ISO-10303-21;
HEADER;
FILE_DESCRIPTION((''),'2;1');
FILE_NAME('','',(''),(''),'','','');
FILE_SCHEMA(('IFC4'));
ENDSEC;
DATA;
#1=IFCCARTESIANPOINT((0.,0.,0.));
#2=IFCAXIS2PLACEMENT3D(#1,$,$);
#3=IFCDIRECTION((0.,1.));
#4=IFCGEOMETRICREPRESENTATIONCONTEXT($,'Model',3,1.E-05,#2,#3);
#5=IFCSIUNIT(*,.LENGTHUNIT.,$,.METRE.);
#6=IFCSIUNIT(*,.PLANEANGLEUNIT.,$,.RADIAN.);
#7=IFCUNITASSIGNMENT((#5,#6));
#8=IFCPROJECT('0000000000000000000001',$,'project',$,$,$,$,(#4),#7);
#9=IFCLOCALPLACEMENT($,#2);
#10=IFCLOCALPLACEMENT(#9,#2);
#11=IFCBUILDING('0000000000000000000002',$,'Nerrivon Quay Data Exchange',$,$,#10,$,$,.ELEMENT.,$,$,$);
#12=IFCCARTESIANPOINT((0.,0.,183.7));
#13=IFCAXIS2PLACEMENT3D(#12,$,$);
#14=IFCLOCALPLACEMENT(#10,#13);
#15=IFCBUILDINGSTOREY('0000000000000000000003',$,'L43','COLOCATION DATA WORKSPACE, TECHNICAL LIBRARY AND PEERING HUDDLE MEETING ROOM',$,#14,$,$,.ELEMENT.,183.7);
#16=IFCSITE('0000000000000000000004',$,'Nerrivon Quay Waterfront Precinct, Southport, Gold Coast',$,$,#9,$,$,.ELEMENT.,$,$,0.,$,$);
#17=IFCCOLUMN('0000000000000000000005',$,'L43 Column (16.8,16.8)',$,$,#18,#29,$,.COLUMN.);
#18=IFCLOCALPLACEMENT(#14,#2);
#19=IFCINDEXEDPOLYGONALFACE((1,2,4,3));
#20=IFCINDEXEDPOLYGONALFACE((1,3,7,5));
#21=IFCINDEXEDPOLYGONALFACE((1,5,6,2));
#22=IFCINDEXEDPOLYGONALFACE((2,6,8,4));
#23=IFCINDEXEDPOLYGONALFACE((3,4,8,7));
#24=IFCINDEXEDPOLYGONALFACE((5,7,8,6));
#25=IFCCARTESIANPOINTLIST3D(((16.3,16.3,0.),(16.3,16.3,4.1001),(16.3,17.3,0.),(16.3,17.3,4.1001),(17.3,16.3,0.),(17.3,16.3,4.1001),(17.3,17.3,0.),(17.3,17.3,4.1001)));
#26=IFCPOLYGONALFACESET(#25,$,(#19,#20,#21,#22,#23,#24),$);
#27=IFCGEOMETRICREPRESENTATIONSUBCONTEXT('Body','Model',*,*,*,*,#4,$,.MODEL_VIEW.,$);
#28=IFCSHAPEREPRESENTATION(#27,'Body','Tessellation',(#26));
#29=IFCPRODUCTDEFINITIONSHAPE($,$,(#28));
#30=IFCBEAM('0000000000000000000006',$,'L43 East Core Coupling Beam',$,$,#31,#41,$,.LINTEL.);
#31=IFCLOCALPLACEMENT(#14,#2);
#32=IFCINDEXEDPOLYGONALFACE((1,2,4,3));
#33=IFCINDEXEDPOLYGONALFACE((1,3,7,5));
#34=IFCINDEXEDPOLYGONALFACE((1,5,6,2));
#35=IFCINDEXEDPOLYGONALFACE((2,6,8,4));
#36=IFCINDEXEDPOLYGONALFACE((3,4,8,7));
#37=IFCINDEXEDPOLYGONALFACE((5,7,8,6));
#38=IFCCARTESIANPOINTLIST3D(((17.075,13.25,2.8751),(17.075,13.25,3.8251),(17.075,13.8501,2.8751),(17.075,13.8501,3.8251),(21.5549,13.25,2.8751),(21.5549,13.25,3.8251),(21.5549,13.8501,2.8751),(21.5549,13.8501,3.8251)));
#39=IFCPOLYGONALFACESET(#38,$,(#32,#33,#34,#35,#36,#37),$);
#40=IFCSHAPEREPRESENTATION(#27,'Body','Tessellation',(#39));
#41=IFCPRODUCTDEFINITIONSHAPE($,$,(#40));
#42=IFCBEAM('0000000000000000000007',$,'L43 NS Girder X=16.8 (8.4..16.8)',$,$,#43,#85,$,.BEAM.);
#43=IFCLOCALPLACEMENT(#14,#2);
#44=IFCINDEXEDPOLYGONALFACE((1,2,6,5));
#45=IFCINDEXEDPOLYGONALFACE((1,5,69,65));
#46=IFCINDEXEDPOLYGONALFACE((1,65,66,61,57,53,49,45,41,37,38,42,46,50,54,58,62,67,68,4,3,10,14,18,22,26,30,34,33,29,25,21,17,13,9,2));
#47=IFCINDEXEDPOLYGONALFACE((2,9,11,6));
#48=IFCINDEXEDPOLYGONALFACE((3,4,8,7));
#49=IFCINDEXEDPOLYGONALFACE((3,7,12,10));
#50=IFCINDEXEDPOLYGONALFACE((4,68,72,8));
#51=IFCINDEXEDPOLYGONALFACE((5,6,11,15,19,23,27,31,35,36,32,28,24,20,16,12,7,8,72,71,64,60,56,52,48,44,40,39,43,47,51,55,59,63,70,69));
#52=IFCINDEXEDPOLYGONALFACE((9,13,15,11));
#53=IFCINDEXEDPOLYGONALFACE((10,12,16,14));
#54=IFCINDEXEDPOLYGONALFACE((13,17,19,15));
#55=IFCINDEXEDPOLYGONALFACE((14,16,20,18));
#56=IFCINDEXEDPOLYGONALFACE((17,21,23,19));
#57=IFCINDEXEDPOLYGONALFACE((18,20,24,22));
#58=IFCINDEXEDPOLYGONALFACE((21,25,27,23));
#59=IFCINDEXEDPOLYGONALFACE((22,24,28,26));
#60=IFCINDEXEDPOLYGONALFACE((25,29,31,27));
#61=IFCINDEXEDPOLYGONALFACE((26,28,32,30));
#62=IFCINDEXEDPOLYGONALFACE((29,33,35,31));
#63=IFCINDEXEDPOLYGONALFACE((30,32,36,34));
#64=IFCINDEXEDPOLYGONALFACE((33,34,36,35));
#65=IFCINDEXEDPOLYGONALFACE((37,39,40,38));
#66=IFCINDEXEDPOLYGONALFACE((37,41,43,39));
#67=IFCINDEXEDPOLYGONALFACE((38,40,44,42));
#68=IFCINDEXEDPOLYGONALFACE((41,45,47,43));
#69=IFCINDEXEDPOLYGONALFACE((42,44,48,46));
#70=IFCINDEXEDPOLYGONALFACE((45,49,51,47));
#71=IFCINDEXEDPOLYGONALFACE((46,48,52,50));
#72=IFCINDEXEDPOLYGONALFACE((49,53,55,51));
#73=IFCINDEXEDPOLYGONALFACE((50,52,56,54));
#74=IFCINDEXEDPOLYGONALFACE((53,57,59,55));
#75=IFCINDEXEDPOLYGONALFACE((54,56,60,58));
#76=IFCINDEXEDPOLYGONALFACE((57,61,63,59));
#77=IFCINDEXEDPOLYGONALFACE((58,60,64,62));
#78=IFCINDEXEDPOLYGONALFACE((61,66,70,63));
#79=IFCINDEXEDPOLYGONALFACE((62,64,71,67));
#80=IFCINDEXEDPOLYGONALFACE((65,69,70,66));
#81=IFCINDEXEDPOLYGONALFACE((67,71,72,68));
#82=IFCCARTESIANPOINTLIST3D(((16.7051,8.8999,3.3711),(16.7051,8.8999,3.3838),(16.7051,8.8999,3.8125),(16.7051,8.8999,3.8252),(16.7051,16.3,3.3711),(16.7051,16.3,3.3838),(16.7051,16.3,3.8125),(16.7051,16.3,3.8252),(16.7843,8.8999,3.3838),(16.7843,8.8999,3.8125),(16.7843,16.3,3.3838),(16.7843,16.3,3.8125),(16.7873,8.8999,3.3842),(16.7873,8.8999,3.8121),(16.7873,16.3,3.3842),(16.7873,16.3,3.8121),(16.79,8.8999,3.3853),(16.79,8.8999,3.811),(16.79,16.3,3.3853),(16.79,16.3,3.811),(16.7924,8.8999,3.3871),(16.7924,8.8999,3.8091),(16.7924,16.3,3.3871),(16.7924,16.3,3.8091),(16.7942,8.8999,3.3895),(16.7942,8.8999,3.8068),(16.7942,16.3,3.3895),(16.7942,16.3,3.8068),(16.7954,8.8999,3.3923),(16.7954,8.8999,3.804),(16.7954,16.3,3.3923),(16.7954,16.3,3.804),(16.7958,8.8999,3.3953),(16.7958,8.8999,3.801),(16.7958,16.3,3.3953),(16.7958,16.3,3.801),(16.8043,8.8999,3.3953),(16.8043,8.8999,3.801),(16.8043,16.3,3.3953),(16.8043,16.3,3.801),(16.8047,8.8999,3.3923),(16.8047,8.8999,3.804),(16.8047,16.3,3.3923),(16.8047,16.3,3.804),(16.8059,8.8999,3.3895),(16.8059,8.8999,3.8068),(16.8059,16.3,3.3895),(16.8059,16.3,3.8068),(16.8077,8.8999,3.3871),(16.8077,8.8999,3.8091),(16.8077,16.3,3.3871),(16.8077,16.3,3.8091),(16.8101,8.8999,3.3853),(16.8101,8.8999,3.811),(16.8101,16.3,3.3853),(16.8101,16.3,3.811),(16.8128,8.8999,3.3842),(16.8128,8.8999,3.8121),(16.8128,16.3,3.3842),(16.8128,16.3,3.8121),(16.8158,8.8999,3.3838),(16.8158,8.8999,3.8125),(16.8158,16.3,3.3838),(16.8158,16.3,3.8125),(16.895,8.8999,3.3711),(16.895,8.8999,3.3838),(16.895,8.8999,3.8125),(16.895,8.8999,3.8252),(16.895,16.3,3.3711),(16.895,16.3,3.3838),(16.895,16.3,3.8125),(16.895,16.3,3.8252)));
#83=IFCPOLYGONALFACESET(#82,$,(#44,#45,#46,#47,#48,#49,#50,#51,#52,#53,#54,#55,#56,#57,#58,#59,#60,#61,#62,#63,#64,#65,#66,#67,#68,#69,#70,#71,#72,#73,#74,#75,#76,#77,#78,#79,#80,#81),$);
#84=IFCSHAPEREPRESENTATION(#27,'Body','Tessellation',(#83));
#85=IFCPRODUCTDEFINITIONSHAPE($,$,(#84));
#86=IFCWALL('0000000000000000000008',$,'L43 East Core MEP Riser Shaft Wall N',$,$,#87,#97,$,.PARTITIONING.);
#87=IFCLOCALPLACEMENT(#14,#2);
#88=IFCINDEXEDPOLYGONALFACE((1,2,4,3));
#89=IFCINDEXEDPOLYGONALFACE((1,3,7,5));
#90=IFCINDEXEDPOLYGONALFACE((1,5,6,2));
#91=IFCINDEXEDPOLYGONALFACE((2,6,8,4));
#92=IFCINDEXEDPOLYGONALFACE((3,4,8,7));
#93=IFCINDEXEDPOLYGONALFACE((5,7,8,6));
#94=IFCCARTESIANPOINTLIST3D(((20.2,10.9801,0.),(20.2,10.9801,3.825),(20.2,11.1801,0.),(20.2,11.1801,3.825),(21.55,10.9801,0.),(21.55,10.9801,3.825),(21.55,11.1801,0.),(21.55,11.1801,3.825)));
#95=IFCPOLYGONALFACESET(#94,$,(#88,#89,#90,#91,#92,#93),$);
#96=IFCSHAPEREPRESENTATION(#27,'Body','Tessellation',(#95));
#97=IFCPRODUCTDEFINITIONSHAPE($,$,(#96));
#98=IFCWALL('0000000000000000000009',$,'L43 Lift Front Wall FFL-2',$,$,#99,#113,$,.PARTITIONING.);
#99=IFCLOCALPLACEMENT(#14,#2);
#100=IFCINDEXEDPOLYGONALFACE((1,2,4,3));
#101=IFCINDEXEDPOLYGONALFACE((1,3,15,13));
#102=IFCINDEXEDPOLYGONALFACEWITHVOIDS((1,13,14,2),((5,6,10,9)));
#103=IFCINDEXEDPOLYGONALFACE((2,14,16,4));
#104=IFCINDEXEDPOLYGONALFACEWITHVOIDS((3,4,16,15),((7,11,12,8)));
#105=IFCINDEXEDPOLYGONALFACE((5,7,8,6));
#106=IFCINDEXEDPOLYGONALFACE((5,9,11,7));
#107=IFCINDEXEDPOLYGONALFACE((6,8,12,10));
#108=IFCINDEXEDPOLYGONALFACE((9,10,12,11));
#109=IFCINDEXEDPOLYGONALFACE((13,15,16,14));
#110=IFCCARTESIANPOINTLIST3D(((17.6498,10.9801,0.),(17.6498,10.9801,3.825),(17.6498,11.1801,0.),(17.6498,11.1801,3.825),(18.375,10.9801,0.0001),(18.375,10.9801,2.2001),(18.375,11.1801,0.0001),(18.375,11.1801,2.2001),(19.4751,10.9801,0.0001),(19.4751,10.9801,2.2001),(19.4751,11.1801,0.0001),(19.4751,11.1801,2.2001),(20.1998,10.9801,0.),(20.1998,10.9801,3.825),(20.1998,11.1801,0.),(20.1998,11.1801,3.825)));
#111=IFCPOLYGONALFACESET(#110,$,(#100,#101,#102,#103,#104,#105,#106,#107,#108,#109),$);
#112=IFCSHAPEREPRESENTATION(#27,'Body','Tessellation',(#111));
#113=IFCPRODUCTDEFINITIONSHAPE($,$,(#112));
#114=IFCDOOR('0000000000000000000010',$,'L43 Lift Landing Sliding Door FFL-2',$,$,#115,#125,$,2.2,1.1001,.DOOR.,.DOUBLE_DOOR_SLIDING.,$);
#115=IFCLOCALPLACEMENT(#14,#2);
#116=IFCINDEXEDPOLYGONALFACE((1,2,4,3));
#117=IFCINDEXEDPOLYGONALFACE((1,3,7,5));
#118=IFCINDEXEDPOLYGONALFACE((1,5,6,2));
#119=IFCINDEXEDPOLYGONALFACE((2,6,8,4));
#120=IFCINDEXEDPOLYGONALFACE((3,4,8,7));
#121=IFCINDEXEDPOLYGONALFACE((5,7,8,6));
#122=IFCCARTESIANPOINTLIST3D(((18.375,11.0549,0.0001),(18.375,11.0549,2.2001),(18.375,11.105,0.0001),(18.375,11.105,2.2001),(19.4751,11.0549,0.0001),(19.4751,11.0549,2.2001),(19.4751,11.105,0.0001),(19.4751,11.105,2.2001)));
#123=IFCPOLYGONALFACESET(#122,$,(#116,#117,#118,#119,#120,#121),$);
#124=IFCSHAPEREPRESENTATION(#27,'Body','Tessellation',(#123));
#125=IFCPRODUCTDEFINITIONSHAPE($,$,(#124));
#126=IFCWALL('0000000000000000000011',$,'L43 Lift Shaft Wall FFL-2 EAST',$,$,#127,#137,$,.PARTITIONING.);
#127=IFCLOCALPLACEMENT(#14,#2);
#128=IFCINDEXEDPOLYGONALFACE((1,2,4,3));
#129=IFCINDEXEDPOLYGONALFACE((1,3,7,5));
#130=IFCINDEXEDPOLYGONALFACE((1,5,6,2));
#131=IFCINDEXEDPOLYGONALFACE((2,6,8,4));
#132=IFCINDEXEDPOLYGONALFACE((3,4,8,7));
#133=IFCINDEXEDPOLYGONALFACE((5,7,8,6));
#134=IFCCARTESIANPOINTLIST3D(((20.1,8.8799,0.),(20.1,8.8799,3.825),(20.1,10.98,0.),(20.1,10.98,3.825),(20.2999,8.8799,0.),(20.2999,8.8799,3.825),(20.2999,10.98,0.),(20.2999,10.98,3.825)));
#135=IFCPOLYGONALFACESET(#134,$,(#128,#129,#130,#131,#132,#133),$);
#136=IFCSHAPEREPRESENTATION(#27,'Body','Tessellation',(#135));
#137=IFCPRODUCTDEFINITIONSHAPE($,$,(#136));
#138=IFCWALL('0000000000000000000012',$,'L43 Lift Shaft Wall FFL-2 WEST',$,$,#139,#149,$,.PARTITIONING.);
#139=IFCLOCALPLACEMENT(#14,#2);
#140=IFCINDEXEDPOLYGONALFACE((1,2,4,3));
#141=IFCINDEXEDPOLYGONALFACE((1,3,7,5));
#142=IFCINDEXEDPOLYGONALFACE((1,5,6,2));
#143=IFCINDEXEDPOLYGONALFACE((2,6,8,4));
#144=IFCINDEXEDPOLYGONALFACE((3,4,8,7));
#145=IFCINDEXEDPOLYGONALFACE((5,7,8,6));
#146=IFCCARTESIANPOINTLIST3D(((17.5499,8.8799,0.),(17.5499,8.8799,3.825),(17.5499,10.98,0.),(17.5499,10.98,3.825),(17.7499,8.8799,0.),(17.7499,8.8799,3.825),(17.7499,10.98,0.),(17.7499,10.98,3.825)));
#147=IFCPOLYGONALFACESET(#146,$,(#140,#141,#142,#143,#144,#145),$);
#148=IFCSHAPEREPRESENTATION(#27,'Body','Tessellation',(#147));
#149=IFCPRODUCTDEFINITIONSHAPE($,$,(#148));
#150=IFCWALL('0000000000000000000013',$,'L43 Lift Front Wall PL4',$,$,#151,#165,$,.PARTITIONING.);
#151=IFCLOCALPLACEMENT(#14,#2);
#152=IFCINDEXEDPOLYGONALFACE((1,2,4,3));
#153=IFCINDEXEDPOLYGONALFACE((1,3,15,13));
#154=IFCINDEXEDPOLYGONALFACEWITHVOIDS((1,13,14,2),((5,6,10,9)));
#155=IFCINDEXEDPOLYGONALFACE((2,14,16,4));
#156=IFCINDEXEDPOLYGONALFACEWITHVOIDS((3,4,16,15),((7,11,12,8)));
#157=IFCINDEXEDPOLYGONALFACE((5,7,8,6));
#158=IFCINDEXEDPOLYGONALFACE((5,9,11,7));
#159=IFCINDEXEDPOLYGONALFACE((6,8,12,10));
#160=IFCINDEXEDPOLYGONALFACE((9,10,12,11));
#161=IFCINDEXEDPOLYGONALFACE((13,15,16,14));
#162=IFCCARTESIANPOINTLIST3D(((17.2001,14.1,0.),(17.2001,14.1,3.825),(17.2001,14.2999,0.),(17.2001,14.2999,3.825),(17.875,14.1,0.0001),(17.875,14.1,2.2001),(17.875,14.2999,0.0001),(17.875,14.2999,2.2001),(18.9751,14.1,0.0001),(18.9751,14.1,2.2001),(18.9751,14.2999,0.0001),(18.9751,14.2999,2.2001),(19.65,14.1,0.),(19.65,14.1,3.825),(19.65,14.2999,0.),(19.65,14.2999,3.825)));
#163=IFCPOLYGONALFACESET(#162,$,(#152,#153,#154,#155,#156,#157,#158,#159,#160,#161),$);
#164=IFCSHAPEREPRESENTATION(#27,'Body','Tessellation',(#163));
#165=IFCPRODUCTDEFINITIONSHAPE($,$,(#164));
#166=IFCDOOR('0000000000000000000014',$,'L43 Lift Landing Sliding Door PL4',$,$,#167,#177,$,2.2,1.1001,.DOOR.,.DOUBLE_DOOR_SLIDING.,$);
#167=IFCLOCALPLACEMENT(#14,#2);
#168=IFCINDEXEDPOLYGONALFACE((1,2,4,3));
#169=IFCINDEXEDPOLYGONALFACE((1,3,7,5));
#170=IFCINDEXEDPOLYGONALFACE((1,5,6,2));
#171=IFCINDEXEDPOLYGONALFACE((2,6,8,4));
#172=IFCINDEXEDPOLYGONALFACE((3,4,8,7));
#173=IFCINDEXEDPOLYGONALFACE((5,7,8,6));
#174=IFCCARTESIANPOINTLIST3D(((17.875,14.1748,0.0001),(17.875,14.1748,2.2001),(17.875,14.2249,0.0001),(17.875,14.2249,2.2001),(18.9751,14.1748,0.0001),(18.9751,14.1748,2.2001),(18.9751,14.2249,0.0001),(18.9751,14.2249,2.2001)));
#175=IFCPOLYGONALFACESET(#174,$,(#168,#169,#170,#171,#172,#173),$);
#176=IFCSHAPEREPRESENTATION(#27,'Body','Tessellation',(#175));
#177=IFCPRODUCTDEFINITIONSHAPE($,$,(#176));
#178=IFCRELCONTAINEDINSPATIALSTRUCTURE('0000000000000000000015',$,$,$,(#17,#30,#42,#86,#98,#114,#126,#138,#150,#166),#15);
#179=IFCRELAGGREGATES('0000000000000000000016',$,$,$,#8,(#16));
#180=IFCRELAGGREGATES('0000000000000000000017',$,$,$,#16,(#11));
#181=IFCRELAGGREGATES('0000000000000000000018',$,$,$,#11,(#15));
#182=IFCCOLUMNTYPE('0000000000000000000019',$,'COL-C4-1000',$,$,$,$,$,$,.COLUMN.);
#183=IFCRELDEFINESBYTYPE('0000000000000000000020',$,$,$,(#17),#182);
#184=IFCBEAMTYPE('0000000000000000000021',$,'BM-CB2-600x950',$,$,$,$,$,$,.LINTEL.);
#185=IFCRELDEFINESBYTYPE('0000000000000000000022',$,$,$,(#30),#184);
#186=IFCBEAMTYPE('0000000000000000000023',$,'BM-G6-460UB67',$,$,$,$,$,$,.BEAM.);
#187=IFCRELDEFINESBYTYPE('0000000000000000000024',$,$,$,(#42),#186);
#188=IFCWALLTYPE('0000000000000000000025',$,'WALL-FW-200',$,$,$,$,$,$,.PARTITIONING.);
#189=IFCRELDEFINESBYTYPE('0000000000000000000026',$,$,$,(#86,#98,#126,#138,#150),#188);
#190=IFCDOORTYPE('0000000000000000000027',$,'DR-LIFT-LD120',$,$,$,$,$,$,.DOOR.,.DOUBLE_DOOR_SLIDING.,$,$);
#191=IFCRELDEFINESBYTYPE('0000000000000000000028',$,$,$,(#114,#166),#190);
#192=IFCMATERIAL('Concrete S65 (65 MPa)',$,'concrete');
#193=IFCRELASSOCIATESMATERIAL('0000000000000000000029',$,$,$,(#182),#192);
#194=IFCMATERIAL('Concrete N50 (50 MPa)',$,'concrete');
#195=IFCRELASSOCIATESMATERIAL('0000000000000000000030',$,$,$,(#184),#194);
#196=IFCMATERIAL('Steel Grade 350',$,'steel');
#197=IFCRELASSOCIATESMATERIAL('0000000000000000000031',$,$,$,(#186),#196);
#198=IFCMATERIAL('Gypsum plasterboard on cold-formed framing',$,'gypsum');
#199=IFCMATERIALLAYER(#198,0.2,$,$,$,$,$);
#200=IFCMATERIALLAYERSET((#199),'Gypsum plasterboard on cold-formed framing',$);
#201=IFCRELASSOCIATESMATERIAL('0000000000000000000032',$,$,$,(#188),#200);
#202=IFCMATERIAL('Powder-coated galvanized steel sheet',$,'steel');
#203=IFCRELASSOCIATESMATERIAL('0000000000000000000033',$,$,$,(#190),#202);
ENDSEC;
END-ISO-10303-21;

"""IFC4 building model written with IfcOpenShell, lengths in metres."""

from ifc_helpers import new_model, si_unit, direction, frame, frame_2d, origin, origin_2d, place, context, subcontext, project, spatial, rectangle, i_section, extrude, material, layer, layer_set, material_profile, profile_set, type_object, element, fill, save


model = new_model("IFC4")

# Units and contexts
model_context = context("Model", 3, precision=1e-05, world=origin(), true_north=direction((0.0, 1.0)))
body_context = subcontext(model_context, "Body", "Model", "MODEL_VIEW")
ifc_project = project(units=[si_unit("LENGTHUNIT", "METRE"), si_unit("PLANEANGLEUNIT", "RADIAN")], contexts=[model_context])

# Site, building, storey
site_placement = place(None, origin())
site = spatial("IfcSite", under=ifc_project, at=site_placement, Name="Nerrivon Quay Waterfront Precinct, Southport, Gold Coast", CompositionType="ELEMENT", RefElevation=0.0)
building_placement = place(site_placement, origin())
building = spatial("IfcBuilding", under=site, at=building_placement, Name="Nerrivon Quay Data Exchange", CompositionType="ELEMENT")
storey_placement = place(building_placement, frame((0.0, 0.0, 183.7)))
storey = spatial("IfcBuildingStorey", under=building, at=storey_placement, Name="L43", Description="COLOCATION DATA WORKSPACE, TECHNICAL LIBRARY AND PEERING HUDDLE MEETING ROOM", CompositionType="ELEMENT", Elevation=183.7)

# Column
ifc_material_1 = material(Name="Concrete S65 (65 MPa)", Category="concrete")
ifc_material_profile_1 = material_profile(ifc_material_1, rectangle(XDim=1.0, YDim=1.0, at=origin_2d()), Name="RC-COL-1000x1000")
ifc_profile_set_1 = profile_set([ifc_material_profile_1], Name="Concrete S65 (65 MPa)")
column_type = type_object("IfcColumnType", Name="COL-C4-1000", PredefinedType="COLUMN", material=ifc_profile_set_1)
column_placement = place(storey_placement, frame((16.8, 16.8, 0.0), z_axis=(0.0, 0.0, 1.0), x_axis=(1.0, 0.0, 0.0)))
element("IfcColumn", 1, at=column_placement, inside=storey, type_object=column_type, Name="L43 Column (16.8,16.8)", PredefinedType="COLUMN", context=body_context, shape_type="SweptSolid", body=[
    extrude(rectangle(XDim=1.0, YDim=1.0, at=origin_2d()), origin(), (0.0, 0.0, 1.0), 4.1001),
])

# Beams
ifc_material_2 = material(Name="Concrete N50 (50 MPa)", Category="concrete")
ifc_material_profile_2 = material_profile(ifc_material_2, rectangle(XDim=0.6001, YDim=0.95, at=origin_2d()), Name="RC-CB-600x950")
ifc_profile_set_2 = profile_set([ifc_material_profile_2], Name="Concrete N50 (50 MPa)")
beam_type_1 = type_object("IfcBeamType", Name="BM-CB2-600x950", PredefinedType="LINTEL", material=ifc_profile_set_2)
beam_1_placement = place(storey_placement, frame((17.075, 13.55, 3.3501), z_axis=(1.0, 0.0, 0.0), x_axis=(0.0, 1.0, 0.0)))
element("IfcBeam", 2, at=beam_1_placement, inside=storey, type_object=beam_type_1, Name="L43 East Core Coupling Beam", PredefinedType="LINTEL", context=body_context, shape_type="SweptSolid", body=[
    extrude(rectangle(XDim=0.6001, YDim=0.95, at=origin_2d()), origin(), (0.0, 0.0, 1.0), 4.48),
])
ifc_material_3 = material(Name="Steel Grade 350", Category="steel")
ifc_material_profile_3 = material_profile(ifc_material_3, i_section(OverallWidth=0.1899, OverallDepth=0.4541, WebThickness=0.0085, FlangeThickness=0.0127, FilletRadius=0.0115, at=origin_2d()), Name="460UB67.1")
ifc_profile_set_3 = profile_set([ifc_material_profile_3], Name="Steel Grade 350")
beam_type_2 = type_object("IfcBeamType", Name="BM-G6-460UB67", PredefinedType="BEAM", material=ifc_profile_set_3)
beam_2_placement = place(storey_placement, frame((16.8, 8.8999, 3.5981), z_axis=(0.0, 1.0, 0.0), x_axis=(-1.0, 0.0, 0.0)))
element("IfcBeam", 3, at=beam_2_placement, inside=storey, type_object=beam_type_2, Name="L43 NS Girder X=16.8 (8.4..16.8)", PredefinedType="BEAM", context=body_context, shape_type="SweptSolid", body=[
    extrude(i_section(OverallWidth=0.1899, OverallDepth=0.4541, WebThickness=0.0085, FlangeThickness=0.0127, FilletRadius=0.0115, at=origin_2d()), origin(), (0.0, 0.0, 1.0), 7.4001),
])

# Shared definitions
ifc_material_4 = material(Name="Powder-coated galvanized steel sheet", Category="steel")

# Wall
ifc_material_5 = material(Name="Gypsum plasterboard on cold-formed framing", Category="gypsum")
ifc_layer_1 = layer(ifc_material_5, 0.2)
ifc_layer_set_1 = layer_set([ifc_layer_1], Name="Gypsum plasterboard on cold-formed framing")
wall_type_1 = type_object("IfcWallType", Name="WALL-FW-200", PredefinedType="PARTITIONING", material=ifc_layer_set_1)
wall_1_placement = place(storey_placement, frame((20.2, 11.0801, 0.0), z_axis=(0.0, 0.0, 1.0), x_axis=(1.0, 0.0, 0.0)))
element("IfcWall", 4, at=wall_1_placement, inside=storey, type_object=wall_type_1, Name="L43 East Core MEP Riser Shaft Wall N", PredefinedType="PARTITIONING", context=body_context, shape_type="SweptSolid", body=[
    extrude(rectangle(XDim=1.3501, YDim=0.2, at=frame_2d((0.675, 0.0))), origin(), (0.0, 0.0, 1.0), 3.825),
])

# Wall, opening, door
wall_2_placement = place(storey_placement, frame((17.6499, 11.0801, 0.0), z_axis=(0.0, 0.0, 1.0), x_axis=(1.0, 0.0, 0.0)))
wall_2 = element("IfcWall", 5, at=wall_2_placement, inside=storey, type_object=wall_type_1, Name="L43 Lift Front Wall FFL-2", PredefinedType="PARTITIONING", context=body_context, shape_type="SweptSolid", body=[
    extrude(rectangle(XDim=2.55, YDim=0.2, at=frame_2d((1.2749, 0.0))), origin(), (0.0, 0.0, 1.0), 3.825),
])
opening_1_placement = place(wall_2_placement, frame((0.7251, 0.0, 0.0)))
opening_1 = element("IfcOpeningElement", 6, at=opening_1_placement, cuts=wall_2, PredefinedType="OPENING", context=body_context, shape_type="SweptSolid", body=[
    extrude(rectangle(XDim=1.1001, YDim=2.2, at=frame_2d((0.55, 1.1001))), frame((0.0, 0.1099, 0.0), z_axis=(0.0, -1.0, 0.0), x_axis=(1.0, 0.0, 0.0)), (0.0, 0.0, 1.0), 0.22),
])
door_type_1 = type_object("IfcDoorType", Name="DR-LIFT-LD120", OperationType="DOUBLE_DOOR_SLIDING", PredefinedType="DOOR", material=ifc_material_4)
door_1_placement = place(opening_1_placement, origin())
door_1 = element("IfcDoor", 7, at=door_1_placement, inside=storey, type_object=door_type_1, Name="L43 Lift Landing Sliding Door FFL-2", OperationType="DOUBLE_DOOR_SLIDING", OverallHeight=2.2, OverallWidth=1.1001, PredefinedType="DOOR", context=body_context, shape_type="SweptSolid", body=[
    extrude(rectangle(XDim=1.1001, YDim=2.2, at=frame_2d((0.55, 1.1001))), frame((0.0, 0.0249, 0.0), z_axis=(0.0, -1.0, 0.0), x_axis=(1.0, 0.0, 0.0)), (0.0, 0.0, 1.0), 0.05),
])
fill(opening_1, door_1)

# Walls
for number, where, z_axis, x_axis, name in (
    (8, (20.2, 8.8799, 0.0), (0.0, 0.0, 1.0), (0.0, 1.0, 0.0), "L43 Lift Shaft Wall FFL-2 EAST"),
    (9, (17.6499, 8.8799, 0.0), (0.0, 0.0, 1.0), (0.0, 1.0, 0.0), "L43 Lift Shaft Wall FFL-2 WEST"),
):
    element("IfcWall", number, at=place(storey_placement, frame(where, z_axis=z_axis, x_axis=x_axis)), inside=storey, type_object=wall_type_1, Name=name, PredefinedType="PARTITIONING", context=body_context, shape_type="SweptSolid", body=[
        extrude(rectangle(XDim=2.1001, YDim=0.2, at=frame_2d((1.05, 0.0))), origin(), (0.0, 0.0, 1.0), 3.825),
    ])

# Wall, opening, door
wall_3_placement = place(storey_placement, frame((17.2, 14.2, 0.0), z_axis=(0.0, 0.0, 1.0), x_axis=(1.0, 0.0, 0.0)))
wall_3 = element("IfcWall", 10, at=wall_3_placement, inside=storey, type_object=wall_type_1, Name="L43 Lift Front Wall PL4", PredefinedType="PARTITIONING", context=body_context, shape_type="SweptSolid", body=[
    extrude(rectangle(XDim=2.45, YDim=0.2, at=frame_2d((1.2251, 0.0))), origin(), (0.0, 0.0, 1.0), 3.825),
])
opening_2_placement = place(wall_3_placement, frame((0.675, 0.0, 0.0)))
opening_2 = element("IfcOpeningElement", 11, at=opening_2_placement, cuts=wall_3, PredefinedType="OPENING", context=body_context, shape_type="SweptSolid", body=[
    extrude(rectangle(XDim=1.1001, YDim=2.2, at=frame_2d((0.55, 1.1001))), frame((0.0, 0.1099, 0.0), z_axis=(0.0, -1.0, 0.0), x_axis=(1.0, 0.0, 0.0)), (0.0, 0.0, 1.0), 0.22),
])
door_2_placement = place(opening_2_placement, origin())
door_2 = element("IfcDoor", 12, at=door_2_placement, inside=storey, type_object=door_type_1, Name="L43 Lift Landing Sliding Door PL4", OperationType="DOUBLE_DOOR_SLIDING", OverallHeight=2.2, OverallWidth=1.1001, PredefinedType="DOOR", context=body_context, shape_type="SweptSolid", body=[
    extrude(rectangle(XDim=1.1001, YDim=2.2, at=frame_2d((0.55, 1.1001))), frame((0.0, 0.0249, 0.0), z_axis=(0.0, -1.0, 0.0), x_axis=(1.0, 0.0, 0.0)), (0.0, 0.0, 1.0), 0.05),
])
fill(opening_2, door_2)

save(model, "model.ifc")
